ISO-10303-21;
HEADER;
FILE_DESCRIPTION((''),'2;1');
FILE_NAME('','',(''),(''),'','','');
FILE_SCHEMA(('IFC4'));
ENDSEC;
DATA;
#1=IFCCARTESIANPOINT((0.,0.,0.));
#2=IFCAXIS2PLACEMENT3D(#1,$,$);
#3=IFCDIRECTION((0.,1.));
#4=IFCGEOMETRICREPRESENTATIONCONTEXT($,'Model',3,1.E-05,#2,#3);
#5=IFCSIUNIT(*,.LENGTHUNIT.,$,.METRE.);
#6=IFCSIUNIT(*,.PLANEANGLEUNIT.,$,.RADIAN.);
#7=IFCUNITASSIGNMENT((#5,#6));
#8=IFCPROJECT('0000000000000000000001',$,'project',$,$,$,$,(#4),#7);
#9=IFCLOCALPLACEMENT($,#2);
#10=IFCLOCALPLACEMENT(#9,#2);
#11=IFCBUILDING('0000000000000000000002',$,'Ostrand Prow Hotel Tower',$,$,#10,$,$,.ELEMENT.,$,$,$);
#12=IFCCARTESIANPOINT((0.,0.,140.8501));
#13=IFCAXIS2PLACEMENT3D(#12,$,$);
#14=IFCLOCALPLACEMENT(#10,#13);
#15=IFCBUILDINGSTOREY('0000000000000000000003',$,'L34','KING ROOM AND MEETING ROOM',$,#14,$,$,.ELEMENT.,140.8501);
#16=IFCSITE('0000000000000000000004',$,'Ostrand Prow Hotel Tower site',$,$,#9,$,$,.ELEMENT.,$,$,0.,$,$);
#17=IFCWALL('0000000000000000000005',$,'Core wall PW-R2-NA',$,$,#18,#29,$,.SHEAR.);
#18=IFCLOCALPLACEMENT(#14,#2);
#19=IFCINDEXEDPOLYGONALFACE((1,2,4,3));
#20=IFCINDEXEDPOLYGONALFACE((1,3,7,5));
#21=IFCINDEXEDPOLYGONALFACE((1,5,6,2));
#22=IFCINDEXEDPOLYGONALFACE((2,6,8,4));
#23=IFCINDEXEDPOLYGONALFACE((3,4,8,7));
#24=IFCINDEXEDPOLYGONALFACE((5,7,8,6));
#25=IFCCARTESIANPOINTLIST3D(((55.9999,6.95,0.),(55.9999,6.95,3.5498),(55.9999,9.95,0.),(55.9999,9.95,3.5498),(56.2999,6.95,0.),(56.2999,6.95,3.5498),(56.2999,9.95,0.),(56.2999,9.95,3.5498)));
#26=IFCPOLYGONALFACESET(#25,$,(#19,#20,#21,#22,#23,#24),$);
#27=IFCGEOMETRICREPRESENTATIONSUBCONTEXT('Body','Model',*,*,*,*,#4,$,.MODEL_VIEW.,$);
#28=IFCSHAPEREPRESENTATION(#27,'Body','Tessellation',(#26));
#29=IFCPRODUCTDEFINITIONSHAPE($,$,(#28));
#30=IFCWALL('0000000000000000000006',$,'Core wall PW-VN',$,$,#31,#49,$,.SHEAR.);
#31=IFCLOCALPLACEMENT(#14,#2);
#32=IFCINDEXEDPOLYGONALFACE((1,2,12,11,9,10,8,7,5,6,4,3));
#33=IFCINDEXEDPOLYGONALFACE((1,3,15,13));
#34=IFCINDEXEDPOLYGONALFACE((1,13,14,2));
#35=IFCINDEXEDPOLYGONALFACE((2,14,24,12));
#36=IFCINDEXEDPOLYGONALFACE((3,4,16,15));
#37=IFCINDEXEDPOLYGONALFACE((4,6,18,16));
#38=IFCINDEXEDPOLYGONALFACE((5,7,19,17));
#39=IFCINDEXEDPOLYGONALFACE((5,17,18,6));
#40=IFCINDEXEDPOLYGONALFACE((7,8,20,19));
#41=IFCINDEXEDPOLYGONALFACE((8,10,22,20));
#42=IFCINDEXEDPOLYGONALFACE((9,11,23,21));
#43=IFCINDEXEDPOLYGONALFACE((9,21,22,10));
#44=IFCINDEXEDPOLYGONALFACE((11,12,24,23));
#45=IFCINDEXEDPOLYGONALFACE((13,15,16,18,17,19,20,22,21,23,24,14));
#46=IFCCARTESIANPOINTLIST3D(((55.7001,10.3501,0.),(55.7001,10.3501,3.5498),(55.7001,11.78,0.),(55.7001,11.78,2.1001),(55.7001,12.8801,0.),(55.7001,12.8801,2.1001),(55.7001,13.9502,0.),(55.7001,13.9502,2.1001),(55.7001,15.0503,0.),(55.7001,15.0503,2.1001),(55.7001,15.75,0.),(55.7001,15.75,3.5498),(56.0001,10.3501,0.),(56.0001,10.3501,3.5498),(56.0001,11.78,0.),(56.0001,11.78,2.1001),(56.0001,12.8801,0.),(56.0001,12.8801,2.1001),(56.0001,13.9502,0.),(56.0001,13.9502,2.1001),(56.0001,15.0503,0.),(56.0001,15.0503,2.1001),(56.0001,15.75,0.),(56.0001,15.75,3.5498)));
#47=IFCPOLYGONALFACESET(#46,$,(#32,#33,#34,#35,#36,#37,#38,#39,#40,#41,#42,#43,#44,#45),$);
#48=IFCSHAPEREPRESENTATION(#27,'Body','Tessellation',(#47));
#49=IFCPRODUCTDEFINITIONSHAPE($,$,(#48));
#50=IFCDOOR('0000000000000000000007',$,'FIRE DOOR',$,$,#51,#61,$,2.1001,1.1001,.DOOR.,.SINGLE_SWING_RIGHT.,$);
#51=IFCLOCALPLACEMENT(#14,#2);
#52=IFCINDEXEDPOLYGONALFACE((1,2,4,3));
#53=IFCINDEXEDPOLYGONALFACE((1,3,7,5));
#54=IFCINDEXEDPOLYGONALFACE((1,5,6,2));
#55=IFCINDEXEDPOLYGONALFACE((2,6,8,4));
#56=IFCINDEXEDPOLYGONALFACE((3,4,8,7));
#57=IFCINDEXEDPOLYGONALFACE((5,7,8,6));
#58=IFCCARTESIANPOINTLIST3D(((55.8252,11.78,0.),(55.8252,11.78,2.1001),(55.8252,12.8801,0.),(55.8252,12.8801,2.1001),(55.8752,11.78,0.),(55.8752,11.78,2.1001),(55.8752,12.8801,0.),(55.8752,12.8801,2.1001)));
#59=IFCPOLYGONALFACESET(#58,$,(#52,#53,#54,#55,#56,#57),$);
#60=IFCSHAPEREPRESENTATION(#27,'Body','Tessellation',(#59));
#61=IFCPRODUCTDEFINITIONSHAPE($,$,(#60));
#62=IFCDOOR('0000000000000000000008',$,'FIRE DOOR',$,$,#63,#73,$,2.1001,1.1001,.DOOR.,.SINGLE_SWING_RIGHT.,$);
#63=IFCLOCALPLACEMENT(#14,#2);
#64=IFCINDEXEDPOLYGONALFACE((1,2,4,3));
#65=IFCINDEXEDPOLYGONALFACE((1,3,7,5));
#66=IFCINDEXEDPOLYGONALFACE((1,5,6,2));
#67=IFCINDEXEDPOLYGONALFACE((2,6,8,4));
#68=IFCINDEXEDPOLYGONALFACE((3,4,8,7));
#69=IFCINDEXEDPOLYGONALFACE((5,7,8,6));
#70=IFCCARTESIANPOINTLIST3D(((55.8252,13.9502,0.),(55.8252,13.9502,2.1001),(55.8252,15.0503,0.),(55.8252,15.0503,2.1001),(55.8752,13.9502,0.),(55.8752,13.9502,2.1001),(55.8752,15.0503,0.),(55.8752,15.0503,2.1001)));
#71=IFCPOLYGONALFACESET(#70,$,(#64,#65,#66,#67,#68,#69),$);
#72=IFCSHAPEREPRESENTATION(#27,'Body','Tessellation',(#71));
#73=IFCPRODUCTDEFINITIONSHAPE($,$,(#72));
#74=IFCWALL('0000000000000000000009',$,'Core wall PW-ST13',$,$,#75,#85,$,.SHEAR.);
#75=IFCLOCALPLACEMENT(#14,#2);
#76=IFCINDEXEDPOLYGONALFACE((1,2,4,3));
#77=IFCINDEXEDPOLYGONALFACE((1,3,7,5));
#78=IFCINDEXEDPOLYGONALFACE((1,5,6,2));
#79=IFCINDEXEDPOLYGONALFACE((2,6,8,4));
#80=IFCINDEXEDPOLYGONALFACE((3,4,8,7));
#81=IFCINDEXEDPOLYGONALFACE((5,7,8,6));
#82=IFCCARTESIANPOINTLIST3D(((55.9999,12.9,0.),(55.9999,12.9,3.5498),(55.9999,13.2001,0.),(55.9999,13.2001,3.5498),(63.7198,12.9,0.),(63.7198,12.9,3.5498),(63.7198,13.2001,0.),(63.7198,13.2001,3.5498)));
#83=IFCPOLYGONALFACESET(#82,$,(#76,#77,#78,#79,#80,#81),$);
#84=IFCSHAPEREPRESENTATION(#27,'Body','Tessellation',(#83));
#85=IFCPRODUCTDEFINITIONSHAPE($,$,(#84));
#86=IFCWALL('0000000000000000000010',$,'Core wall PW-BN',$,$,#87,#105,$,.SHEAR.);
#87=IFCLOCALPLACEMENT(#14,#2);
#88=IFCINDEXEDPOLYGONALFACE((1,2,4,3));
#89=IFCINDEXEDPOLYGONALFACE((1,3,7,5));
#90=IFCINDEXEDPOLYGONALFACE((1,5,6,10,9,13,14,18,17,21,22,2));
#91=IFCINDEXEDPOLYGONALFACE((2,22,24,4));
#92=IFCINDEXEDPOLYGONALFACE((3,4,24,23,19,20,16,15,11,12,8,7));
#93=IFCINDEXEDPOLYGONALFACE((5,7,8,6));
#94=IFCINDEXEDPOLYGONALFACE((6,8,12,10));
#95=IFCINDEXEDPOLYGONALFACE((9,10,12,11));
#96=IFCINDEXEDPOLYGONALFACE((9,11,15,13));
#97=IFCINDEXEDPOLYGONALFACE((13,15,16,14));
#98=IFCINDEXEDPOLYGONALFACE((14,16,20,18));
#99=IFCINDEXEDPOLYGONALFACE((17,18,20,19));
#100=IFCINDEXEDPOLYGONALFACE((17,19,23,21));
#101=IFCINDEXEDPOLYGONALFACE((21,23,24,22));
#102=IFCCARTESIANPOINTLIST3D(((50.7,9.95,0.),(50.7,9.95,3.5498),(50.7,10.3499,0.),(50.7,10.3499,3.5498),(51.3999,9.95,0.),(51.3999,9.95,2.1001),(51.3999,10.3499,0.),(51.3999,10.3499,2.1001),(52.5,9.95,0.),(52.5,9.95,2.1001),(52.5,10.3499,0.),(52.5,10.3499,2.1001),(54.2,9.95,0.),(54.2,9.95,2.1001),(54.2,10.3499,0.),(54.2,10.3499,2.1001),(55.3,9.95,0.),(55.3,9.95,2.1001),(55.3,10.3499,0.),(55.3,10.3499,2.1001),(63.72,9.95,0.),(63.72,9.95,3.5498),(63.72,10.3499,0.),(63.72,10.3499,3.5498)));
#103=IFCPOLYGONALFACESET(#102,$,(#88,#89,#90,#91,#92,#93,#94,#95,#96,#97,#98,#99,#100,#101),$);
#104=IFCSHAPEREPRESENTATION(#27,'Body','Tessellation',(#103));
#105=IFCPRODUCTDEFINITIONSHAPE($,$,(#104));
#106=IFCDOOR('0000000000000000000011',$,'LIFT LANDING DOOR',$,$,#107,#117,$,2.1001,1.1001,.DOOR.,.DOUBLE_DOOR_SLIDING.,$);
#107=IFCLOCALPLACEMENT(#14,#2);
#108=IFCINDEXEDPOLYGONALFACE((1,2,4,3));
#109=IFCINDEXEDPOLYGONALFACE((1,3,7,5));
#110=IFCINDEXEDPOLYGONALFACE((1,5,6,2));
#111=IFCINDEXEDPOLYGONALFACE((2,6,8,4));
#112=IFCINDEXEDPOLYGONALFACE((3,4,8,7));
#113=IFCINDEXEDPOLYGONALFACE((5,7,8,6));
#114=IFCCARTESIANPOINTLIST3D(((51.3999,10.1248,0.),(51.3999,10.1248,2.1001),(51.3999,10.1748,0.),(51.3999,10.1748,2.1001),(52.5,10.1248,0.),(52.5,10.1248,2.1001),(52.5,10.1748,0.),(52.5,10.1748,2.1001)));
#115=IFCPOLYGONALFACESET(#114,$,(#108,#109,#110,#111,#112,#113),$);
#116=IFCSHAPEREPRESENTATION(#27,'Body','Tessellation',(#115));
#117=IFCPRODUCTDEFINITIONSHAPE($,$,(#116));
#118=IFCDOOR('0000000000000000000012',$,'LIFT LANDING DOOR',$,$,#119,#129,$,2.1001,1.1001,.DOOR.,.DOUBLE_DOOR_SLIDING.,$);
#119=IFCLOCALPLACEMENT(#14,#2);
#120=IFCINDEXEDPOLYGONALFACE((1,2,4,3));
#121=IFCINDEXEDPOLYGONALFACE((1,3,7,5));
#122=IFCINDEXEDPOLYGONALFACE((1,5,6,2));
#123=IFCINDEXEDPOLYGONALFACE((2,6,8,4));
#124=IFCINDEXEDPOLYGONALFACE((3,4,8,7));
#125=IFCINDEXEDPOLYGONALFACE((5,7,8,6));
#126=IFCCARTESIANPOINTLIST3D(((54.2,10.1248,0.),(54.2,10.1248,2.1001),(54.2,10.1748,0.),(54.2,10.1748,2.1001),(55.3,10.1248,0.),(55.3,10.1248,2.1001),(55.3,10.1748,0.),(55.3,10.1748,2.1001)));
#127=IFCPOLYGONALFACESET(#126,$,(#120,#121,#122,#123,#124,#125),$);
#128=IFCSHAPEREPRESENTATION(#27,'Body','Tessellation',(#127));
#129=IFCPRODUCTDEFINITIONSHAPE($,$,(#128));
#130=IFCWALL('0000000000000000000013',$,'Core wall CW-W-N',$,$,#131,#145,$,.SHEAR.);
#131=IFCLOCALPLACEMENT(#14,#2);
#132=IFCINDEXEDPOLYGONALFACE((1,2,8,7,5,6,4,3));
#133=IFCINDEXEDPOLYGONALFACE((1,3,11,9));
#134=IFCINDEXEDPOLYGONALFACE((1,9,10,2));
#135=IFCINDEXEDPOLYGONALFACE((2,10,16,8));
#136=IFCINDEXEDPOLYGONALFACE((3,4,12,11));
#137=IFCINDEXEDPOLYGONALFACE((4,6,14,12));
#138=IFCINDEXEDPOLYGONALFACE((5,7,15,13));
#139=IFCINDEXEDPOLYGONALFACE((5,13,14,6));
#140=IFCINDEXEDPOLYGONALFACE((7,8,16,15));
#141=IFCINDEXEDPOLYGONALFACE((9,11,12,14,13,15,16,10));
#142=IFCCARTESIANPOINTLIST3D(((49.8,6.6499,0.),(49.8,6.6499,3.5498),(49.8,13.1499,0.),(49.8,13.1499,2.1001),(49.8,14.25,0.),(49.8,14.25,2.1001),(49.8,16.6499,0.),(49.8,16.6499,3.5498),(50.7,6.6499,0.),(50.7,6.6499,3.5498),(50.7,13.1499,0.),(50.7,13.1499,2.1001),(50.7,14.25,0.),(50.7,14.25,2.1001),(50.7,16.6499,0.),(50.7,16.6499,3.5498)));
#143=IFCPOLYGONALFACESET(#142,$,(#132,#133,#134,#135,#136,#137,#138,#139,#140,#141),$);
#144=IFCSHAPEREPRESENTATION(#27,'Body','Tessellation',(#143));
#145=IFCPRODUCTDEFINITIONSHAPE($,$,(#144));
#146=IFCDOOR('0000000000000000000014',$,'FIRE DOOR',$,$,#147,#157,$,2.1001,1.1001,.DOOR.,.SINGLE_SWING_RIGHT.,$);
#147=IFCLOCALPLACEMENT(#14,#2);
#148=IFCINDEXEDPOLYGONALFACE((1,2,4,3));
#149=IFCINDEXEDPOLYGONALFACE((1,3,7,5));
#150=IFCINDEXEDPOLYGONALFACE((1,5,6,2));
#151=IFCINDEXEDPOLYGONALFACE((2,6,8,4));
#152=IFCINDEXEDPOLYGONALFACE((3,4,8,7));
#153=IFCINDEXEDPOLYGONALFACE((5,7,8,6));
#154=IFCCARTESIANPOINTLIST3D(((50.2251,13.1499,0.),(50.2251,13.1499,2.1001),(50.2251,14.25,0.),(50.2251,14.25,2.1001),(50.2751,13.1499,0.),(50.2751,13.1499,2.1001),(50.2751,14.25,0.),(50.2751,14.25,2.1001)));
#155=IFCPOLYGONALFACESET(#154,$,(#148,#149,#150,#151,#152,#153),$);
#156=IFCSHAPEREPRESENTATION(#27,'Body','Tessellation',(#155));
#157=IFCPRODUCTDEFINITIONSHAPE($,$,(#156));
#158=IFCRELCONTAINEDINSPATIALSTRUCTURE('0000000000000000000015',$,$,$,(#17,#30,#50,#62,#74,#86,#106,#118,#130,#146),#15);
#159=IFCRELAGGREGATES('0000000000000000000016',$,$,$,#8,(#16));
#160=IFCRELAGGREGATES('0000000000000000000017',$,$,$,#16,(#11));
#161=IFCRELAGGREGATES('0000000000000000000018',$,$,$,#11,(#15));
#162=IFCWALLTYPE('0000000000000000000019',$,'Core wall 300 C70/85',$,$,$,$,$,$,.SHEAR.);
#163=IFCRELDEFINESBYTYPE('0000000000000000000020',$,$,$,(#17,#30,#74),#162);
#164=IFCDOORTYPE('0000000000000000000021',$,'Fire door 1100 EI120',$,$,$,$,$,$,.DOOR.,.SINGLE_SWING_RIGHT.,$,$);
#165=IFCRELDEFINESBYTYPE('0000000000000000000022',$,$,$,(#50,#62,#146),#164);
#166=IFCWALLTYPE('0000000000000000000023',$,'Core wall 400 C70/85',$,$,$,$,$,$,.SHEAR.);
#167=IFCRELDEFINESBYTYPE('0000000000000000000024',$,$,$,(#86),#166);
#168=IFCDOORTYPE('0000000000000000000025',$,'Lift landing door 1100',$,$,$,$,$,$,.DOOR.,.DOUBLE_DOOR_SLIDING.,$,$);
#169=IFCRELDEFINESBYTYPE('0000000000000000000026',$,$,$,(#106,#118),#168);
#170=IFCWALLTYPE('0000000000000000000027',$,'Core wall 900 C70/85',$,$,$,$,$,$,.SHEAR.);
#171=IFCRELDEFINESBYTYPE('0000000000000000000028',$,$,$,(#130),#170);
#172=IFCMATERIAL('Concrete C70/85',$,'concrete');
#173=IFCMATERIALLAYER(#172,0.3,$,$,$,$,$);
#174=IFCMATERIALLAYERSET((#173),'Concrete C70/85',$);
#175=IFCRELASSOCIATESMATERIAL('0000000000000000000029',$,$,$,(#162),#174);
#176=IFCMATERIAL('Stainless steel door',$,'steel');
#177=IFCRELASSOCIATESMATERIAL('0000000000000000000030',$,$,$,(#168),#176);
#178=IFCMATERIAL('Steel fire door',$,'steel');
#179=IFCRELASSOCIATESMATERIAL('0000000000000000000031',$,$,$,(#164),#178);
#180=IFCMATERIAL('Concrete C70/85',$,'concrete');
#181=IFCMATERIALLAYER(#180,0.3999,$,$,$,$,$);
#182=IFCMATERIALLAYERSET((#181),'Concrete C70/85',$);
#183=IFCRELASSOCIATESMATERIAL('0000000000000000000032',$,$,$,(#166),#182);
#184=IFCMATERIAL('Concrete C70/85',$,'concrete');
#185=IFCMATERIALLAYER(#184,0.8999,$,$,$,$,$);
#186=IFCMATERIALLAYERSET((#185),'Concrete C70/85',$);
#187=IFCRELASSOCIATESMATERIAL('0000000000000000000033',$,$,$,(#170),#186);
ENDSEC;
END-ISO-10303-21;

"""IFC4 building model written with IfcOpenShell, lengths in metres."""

from ifc_helpers import new_model, si_unit, direction, frame, frame_2d, origin, place, context, subcontext, project, spatial, rectangle, extrude, material, layer, layer_set, type_object, element, fill, save


model = new_model("IFC4")

# Units and contexts
model_context = context("Model", 3, precision=1e-05, world=origin(), true_north=direction((0.0, 1.0)))
body_context = subcontext(model_context, "Body", "Model", "MODEL_VIEW")
ifc_project = project(units=[si_unit("LENGTHUNIT", "METRE"), si_unit("PLANEANGLEUNIT", "RADIAN")], contexts=[model_context])

# Site, building, storey
site_placement = place(None, origin())
site = spatial("IfcSite", under=ifc_project, at=site_placement, Name="Ostrand Prow Hotel Tower site", CompositionType="ELEMENT", RefElevation=0.0)
building_placement = place(site_placement, origin())
building = spatial("IfcBuilding", under=site, at=building_placement, Name="Ostrand Prow Hotel Tower", CompositionType="ELEMENT")
storey_placement = place(building_placement, frame((0.0, 0.0, 140.8501)))
storey = spatial("IfcBuildingStorey", under=building, at=storey_placement, Name="L34", Description="KING ROOM AND MEETING ROOM", CompositionType="ELEMENT", Elevation=140.8501)

# Shared definitions
ifc_material_1 = material(Name="Concrete C70/85", Category="concrete")
ifc_layer_1 = layer(ifc_material_1, 0.3)
ifc_layer_set_1 = layer_set([ifc_layer_1], Name="Concrete C70/85")
wall_type_1 = type_object("IfcWallType", Name="Core wall 300 C70/85", PredefinedType="SHEAR", material=ifc_layer_set_1)
ifc_material_2 = material(Name="Stainless steel door", Category="steel")
door_type_1 = type_object("IfcDoorType", Name="Lift landing door 1100", OperationType="DOUBLE_DOOR_SLIDING", PredefinedType="DOOR", material=ifc_material_2)

# Wall
for number, where, z_axis, x_axis, name in (
    (1, (56.1499, 6.95, 0.0), (0.0, 0.0, 1.0), (0.0, 1.0, 0.0), "Core wall PW-R2-NA"),
):
    element("IfcWall", number, at=place(storey_placement, frame(where, z_axis=z_axis, x_axis=x_axis)), inside=storey, type_object=wall_type_1, Name=name, PredefinedType="SHEAR", context=body_context, shape_type="SweptSolid", body=[
        extrude(rectangle(XDim=3.0, YDim=0.3, at=frame_2d((1.5, 0.0))), origin(), (0.0, 0.0, 1.0), 3.5498),
    ])

# Wall, openings, doors
wall_1_placement = place(storey_placement, frame((55.8501, 10.3501, 0.0), z_axis=(0.0, 0.0, 1.0), x_axis=(0.0, 1.0, 0.0)))
wall_1 = element("IfcWall", 2, at=wall_1_placement, inside=storey, type_object=wall_type_1, Name="Core wall PW-VN", PredefinedType="SHEAR", context=body_context, shape_type="SweptSolid", body=[
    extrude(rectangle(XDim=5.3999, YDim=0.3, at=frame_2d((2.7, 0.0))), origin(), (0.0, 0.0, 1.0), 3.5498),
])
opening_1_placement = place(wall_1_placement, frame((1.4299, 0.0, 0.0)))
opening_1 = element("IfcOpeningElement", 3, at=opening_1_placement, cuts=wall_1, PredefinedType="OPENING", context=body_context, shape_type="SweptSolid", body=[
    extrude(rectangle(XDim=1.1001, YDim=2.1001, at=frame_2d((0.55, 1.05))), frame((0.0, 0.1599, 0.0), z_axis=(0.0, -1.0, 0.0), x_axis=(1.0, 0.0, 0.0)), (0.0, 0.0, 1.0), 0.3201),
])
opening_2_placement = place(wall_1_placement, frame((3.6001, 0.0, 0.0)))
opening_2 = element("IfcOpeningElement", 4, at=opening_2_placement, cuts=wall_1, PredefinedType="OPENING", context=body_context, shape_type="SweptSolid", body=[
    extrude(rectangle(XDim=1.1001, YDim=2.1001, at=frame_2d((0.55, 1.05))), frame((0.0, 0.1599, 0.0), z_axis=(0.0, -1.0, 0.0), x_axis=(1.0, 0.0, 0.0)), (0.0, 0.0, 1.0), 0.3201),
])
ifc_material_3 = material(Name="Steel fire door", Category="steel")
door_type_2 = type_object("IfcDoorType", Name="Fire door 1100 EI120", OperationType="SINGLE_SWING_RIGHT", PredefinedType="DOOR", material=ifc_material_3)
door_1_placement = place(opening_1_placement, origin())
door_1 = element("IfcDoor", 5, at=door_1_placement, inside=storey, type_object=door_type_2, Name="FIRE DOOR", OperationType="SINGLE_SWING_RIGHT", OverallHeight=2.1001, OverallWidth=1.1001, PredefinedType="DOOR", context=body_context, shape_type="SweptSolid", body=[
    extrude(rectangle(XDim=1.1001, YDim=2.1001, at=frame_2d((0.55, 1.05))), frame((0.0, 0.0249, 0.0), z_axis=(0.0, -1.0, 0.0), x_axis=(1.0, 0.0, 0.0)), (0.0, 0.0, 1.0), 0.05),
])
fill(opening_1, door_1)
door_2_placement = place(opening_2_placement, origin())
door_2 = element("IfcDoor", 6, at=door_2_placement, inside=storey, type_object=door_type_2, Name="FIRE DOOR", OperationType="SINGLE_SWING_RIGHT", OverallHeight=2.1001, OverallWidth=1.1001, PredefinedType="DOOR", context=body_context, shape_type="SweptSolid", body=[
    extrude(rectangle(XDim=1.1001, YDim=2.1001, at=frame_2d((0.55, 1.05))), frame((0.0, 0.0249, 0.0), z_axis=(0.0, -1.0, 0.0), x_axis=(1.0, 0.0, 0.0)), (0.0, 0.0, 1.0), 0.05),
])
fill(opening_2, door_2)

# Wall
wall_2_placement = place(storey_placement, frame((56.0, 13.05, 0.0), z_axis=(0.0, 0.0, 1.0), x_axis=(1.0, 0.0, 0.0)))
element("IfcWall", 7, at=wall_2_placement, inside=storey, type_object=wall_type_1, Name="Core wall PW-ST13", PredefinedType="SHEAR", context=body_context, shape_type="SweptSolid", body=[
    extrude(rectangle(XDim=7.72, YDim=0.3, at=frame_2d((3.8599, 0.0))), origin(), (0.0, 0.0, 1.0), 3.5498),
])

# Wall, openings, doors
ifc_material_4 = material(Name="Concrete C70/85", Category="concrete")
ifc_layer_2 = layer(ifc_material_4, 0.3999)
ifc_layer_set_2 = layer_set([ifc_layer_2], Name="Concrete C70/85")
wall_type_2 = type_object("IfcWallType", Name="Core wall 400 C70/85", PredefinedType="SHEAR", material=ifc_layer_set_2)
wall_3_placement = place(storey_placement, frame((50.7, 10.1499, 0.0), z_axis=(0.0, 0.0, 1.0), x_axis=(1.0, 0.0, 0.0)))
wall_3 = element("IfcWall", 8, at=wall_3_placement, inside=storey, type_object=wall_type_2, Name="Core wall PW-BN", PredefinedType="SHEAR", context=body_context, shape_type="SweptSolid", body=[
    extrude(rectangle(XDim=13.02, YDim=0.3999, at=frame_2d((6.51, 0.0))), origin(), (0.0, 0.0, 1.0), 3.5498),
])
opening_3_placement = place(wall_3_placement, frame((0.7, 0.0, 0.0)))
opening_3 = element("IfcOpeningElement", 9, at=opening_3_placement, cuts=wall_3, PredefinedType="OPENING", context=body_context, shape_type="SweptSolid", body=[
    extrude(rectangle(XDim=1.1001, YDim=2.1001, at=frame_2d((0.55, 1.05))), frame((0.0, 0.21, 0.0), z_axis=(0.0, -1.0, 0.0), x_axis=(1.0, 0.0, 0.0)), (0.0, 0.0, 1.0), 0.4199),
])
opening_4_placement = place(wall_3_placement, frame((3.5, 0.0, 0.0)))
opening_4 = element("IfcOpeningElement", 10, at=opening_4_placement, cuts=wall_3, PredefinedType="OPENING", context=body_context, shape_type="SweptSolid", body=[
    extrude(rectangle(XDim=1.1001, YDim=2.1001, at=frame_2d((0.55, 1.05))), frame((0.0, 0.21, 0.0), z_axis=(0.0, -1.0, 0.0), x_axis=(1.0, 0.0, 0.0)), (0.0, 0.0, 1.0), 0.4199),
])
door_3_placement = place(opening_3_placement, origin())
door_3 = element("IfcDoor", 11, at=door_3_placement, inside=storey, type_object=door_type_1, Name="LIFT LANDING DOOR", OperationType="DOUBLE_DOOR_SLIDING", OverallHeight=2.1001, OverallWidth=1.1001, PredefinedType="DOOR", context=body_context, shape_type="SweptSolid", body=[
    extrude(rectangle(XDim=1.1001, YDim=2.1001, at=frame_2d((0.55, 1.05))), frame((0.0, 0.0249, 0.0), z_axis=(0.0, -1.0, 0.0), x_axis=(1.0, 0.0, 0.0)), (0.0, 0.0, 1.0), 0.05),
])
fill(opening_3, door_3)
door_4_placement = place(opening_4_placement, origin())
door_4 = element("IfcDoor", 12, at=door_4_placement, inside=storey, type_object=door_type_1, Name="LIFT LANDING DOOR", OperationType="DOUBLE_DOOR_SLIDING", OverallHeight=2.1001, OverallWidth=1.1001, PredefinedType="DOOR", context=body_context, shape_type="SweptSolid", body=[
    extrude(rectangle(XDim=1.1001, YDim=2.1001, at=frame_2d((0.55, 1.05))), frame((0.0, 0.0249, 0.0), z_axis=(0.0, -1.0, 0.0), x_axis=(1.0, 0.0, 0.0)), (0.0, 0.0, 1.0), 0.05),
])
fill(opening_4, door_4)

# Wall, opening, door
ifc_material_5 = material(Name="Concrete C70/85", Category="concrete")
ifc_layer_3 = layer(ifc_material_5, 0.8999)
ifc_layer_set_3 = layer_set([ifc_layer_3], Name="Concrete C70/85")
wall_type_3 = type_object("IfcWallType", Name="Core wall 900 C70/85", PredefinedType="SHEAR", material=ifc_layer_set_3)
wall_4_placement = place(storey_placement, frame((50.25, 6.6499, 0.0), z_axis=(0.0, 0.0, 1.0), x_axis=(0.0, 1.0, 0.0)))
wall_4 = element("IfcWall", 13, at=wall_4_placement, inside=storey, type_object=wall_type_3, Name="Core wall CW-W-N", PredefinedType="SHEAR", context=body_context, shape_type="SweptSolid", body=[
    extrude(rectangle(XDim=10.0, YDim=0.8999, at=frame_2d((5.0, 0.0))), origin(), (0.0, 0.0, 1.0), 3.5498),
])
opening_5_placement = place(wall_4_placement, frame((6.5, 0.0, 0.0)))
opening_5 = element("IfcOpeningElement", 14, at=opening_5_placement, cuts=wall_4, PredefinedType="OPENING", context=body_context, shape_type="SweptSolid", body=[
    extrude(rectangle(XDim=1.1001, YDim=2.1001, at=frame_2d((0.55, 1.05))), frame((0.0, 0.46, 0.0), z_axis=(0.0, -1.0, 0.0), x_axis=(1.0, 0.0, 0.0)), (0.0, 0.0, 1.0), 0.9199),
])
door_5_placement = place(opening_5_placement, origin())
door_5 = element("IfcDoor", 15, at=door_5_placement, inside=storey, type_object=door_type_2, Name="FIRE DOOR", OperationType="SINGLE_SWING_RIGHT", OverallHeight=2.1001, OverallWidth=1.1001, PredefinedType="DOOR", context=body_context, shape_type="SweptSolid", body=[
    extrude(rectangle(XDim=1.1001, YDim=2.1001, at=frame_2d((0.55, 1.05))), frame((0.0, 0.0249, 0.0), z_axis=(0.0, -1.0, 0.0), x_axis=(1.0, 0.0, 0.0)), (0.0, 0.0, 1.0), 0.05),
])
fill(opening_5, door_5)

save(model, "model.ifc")
